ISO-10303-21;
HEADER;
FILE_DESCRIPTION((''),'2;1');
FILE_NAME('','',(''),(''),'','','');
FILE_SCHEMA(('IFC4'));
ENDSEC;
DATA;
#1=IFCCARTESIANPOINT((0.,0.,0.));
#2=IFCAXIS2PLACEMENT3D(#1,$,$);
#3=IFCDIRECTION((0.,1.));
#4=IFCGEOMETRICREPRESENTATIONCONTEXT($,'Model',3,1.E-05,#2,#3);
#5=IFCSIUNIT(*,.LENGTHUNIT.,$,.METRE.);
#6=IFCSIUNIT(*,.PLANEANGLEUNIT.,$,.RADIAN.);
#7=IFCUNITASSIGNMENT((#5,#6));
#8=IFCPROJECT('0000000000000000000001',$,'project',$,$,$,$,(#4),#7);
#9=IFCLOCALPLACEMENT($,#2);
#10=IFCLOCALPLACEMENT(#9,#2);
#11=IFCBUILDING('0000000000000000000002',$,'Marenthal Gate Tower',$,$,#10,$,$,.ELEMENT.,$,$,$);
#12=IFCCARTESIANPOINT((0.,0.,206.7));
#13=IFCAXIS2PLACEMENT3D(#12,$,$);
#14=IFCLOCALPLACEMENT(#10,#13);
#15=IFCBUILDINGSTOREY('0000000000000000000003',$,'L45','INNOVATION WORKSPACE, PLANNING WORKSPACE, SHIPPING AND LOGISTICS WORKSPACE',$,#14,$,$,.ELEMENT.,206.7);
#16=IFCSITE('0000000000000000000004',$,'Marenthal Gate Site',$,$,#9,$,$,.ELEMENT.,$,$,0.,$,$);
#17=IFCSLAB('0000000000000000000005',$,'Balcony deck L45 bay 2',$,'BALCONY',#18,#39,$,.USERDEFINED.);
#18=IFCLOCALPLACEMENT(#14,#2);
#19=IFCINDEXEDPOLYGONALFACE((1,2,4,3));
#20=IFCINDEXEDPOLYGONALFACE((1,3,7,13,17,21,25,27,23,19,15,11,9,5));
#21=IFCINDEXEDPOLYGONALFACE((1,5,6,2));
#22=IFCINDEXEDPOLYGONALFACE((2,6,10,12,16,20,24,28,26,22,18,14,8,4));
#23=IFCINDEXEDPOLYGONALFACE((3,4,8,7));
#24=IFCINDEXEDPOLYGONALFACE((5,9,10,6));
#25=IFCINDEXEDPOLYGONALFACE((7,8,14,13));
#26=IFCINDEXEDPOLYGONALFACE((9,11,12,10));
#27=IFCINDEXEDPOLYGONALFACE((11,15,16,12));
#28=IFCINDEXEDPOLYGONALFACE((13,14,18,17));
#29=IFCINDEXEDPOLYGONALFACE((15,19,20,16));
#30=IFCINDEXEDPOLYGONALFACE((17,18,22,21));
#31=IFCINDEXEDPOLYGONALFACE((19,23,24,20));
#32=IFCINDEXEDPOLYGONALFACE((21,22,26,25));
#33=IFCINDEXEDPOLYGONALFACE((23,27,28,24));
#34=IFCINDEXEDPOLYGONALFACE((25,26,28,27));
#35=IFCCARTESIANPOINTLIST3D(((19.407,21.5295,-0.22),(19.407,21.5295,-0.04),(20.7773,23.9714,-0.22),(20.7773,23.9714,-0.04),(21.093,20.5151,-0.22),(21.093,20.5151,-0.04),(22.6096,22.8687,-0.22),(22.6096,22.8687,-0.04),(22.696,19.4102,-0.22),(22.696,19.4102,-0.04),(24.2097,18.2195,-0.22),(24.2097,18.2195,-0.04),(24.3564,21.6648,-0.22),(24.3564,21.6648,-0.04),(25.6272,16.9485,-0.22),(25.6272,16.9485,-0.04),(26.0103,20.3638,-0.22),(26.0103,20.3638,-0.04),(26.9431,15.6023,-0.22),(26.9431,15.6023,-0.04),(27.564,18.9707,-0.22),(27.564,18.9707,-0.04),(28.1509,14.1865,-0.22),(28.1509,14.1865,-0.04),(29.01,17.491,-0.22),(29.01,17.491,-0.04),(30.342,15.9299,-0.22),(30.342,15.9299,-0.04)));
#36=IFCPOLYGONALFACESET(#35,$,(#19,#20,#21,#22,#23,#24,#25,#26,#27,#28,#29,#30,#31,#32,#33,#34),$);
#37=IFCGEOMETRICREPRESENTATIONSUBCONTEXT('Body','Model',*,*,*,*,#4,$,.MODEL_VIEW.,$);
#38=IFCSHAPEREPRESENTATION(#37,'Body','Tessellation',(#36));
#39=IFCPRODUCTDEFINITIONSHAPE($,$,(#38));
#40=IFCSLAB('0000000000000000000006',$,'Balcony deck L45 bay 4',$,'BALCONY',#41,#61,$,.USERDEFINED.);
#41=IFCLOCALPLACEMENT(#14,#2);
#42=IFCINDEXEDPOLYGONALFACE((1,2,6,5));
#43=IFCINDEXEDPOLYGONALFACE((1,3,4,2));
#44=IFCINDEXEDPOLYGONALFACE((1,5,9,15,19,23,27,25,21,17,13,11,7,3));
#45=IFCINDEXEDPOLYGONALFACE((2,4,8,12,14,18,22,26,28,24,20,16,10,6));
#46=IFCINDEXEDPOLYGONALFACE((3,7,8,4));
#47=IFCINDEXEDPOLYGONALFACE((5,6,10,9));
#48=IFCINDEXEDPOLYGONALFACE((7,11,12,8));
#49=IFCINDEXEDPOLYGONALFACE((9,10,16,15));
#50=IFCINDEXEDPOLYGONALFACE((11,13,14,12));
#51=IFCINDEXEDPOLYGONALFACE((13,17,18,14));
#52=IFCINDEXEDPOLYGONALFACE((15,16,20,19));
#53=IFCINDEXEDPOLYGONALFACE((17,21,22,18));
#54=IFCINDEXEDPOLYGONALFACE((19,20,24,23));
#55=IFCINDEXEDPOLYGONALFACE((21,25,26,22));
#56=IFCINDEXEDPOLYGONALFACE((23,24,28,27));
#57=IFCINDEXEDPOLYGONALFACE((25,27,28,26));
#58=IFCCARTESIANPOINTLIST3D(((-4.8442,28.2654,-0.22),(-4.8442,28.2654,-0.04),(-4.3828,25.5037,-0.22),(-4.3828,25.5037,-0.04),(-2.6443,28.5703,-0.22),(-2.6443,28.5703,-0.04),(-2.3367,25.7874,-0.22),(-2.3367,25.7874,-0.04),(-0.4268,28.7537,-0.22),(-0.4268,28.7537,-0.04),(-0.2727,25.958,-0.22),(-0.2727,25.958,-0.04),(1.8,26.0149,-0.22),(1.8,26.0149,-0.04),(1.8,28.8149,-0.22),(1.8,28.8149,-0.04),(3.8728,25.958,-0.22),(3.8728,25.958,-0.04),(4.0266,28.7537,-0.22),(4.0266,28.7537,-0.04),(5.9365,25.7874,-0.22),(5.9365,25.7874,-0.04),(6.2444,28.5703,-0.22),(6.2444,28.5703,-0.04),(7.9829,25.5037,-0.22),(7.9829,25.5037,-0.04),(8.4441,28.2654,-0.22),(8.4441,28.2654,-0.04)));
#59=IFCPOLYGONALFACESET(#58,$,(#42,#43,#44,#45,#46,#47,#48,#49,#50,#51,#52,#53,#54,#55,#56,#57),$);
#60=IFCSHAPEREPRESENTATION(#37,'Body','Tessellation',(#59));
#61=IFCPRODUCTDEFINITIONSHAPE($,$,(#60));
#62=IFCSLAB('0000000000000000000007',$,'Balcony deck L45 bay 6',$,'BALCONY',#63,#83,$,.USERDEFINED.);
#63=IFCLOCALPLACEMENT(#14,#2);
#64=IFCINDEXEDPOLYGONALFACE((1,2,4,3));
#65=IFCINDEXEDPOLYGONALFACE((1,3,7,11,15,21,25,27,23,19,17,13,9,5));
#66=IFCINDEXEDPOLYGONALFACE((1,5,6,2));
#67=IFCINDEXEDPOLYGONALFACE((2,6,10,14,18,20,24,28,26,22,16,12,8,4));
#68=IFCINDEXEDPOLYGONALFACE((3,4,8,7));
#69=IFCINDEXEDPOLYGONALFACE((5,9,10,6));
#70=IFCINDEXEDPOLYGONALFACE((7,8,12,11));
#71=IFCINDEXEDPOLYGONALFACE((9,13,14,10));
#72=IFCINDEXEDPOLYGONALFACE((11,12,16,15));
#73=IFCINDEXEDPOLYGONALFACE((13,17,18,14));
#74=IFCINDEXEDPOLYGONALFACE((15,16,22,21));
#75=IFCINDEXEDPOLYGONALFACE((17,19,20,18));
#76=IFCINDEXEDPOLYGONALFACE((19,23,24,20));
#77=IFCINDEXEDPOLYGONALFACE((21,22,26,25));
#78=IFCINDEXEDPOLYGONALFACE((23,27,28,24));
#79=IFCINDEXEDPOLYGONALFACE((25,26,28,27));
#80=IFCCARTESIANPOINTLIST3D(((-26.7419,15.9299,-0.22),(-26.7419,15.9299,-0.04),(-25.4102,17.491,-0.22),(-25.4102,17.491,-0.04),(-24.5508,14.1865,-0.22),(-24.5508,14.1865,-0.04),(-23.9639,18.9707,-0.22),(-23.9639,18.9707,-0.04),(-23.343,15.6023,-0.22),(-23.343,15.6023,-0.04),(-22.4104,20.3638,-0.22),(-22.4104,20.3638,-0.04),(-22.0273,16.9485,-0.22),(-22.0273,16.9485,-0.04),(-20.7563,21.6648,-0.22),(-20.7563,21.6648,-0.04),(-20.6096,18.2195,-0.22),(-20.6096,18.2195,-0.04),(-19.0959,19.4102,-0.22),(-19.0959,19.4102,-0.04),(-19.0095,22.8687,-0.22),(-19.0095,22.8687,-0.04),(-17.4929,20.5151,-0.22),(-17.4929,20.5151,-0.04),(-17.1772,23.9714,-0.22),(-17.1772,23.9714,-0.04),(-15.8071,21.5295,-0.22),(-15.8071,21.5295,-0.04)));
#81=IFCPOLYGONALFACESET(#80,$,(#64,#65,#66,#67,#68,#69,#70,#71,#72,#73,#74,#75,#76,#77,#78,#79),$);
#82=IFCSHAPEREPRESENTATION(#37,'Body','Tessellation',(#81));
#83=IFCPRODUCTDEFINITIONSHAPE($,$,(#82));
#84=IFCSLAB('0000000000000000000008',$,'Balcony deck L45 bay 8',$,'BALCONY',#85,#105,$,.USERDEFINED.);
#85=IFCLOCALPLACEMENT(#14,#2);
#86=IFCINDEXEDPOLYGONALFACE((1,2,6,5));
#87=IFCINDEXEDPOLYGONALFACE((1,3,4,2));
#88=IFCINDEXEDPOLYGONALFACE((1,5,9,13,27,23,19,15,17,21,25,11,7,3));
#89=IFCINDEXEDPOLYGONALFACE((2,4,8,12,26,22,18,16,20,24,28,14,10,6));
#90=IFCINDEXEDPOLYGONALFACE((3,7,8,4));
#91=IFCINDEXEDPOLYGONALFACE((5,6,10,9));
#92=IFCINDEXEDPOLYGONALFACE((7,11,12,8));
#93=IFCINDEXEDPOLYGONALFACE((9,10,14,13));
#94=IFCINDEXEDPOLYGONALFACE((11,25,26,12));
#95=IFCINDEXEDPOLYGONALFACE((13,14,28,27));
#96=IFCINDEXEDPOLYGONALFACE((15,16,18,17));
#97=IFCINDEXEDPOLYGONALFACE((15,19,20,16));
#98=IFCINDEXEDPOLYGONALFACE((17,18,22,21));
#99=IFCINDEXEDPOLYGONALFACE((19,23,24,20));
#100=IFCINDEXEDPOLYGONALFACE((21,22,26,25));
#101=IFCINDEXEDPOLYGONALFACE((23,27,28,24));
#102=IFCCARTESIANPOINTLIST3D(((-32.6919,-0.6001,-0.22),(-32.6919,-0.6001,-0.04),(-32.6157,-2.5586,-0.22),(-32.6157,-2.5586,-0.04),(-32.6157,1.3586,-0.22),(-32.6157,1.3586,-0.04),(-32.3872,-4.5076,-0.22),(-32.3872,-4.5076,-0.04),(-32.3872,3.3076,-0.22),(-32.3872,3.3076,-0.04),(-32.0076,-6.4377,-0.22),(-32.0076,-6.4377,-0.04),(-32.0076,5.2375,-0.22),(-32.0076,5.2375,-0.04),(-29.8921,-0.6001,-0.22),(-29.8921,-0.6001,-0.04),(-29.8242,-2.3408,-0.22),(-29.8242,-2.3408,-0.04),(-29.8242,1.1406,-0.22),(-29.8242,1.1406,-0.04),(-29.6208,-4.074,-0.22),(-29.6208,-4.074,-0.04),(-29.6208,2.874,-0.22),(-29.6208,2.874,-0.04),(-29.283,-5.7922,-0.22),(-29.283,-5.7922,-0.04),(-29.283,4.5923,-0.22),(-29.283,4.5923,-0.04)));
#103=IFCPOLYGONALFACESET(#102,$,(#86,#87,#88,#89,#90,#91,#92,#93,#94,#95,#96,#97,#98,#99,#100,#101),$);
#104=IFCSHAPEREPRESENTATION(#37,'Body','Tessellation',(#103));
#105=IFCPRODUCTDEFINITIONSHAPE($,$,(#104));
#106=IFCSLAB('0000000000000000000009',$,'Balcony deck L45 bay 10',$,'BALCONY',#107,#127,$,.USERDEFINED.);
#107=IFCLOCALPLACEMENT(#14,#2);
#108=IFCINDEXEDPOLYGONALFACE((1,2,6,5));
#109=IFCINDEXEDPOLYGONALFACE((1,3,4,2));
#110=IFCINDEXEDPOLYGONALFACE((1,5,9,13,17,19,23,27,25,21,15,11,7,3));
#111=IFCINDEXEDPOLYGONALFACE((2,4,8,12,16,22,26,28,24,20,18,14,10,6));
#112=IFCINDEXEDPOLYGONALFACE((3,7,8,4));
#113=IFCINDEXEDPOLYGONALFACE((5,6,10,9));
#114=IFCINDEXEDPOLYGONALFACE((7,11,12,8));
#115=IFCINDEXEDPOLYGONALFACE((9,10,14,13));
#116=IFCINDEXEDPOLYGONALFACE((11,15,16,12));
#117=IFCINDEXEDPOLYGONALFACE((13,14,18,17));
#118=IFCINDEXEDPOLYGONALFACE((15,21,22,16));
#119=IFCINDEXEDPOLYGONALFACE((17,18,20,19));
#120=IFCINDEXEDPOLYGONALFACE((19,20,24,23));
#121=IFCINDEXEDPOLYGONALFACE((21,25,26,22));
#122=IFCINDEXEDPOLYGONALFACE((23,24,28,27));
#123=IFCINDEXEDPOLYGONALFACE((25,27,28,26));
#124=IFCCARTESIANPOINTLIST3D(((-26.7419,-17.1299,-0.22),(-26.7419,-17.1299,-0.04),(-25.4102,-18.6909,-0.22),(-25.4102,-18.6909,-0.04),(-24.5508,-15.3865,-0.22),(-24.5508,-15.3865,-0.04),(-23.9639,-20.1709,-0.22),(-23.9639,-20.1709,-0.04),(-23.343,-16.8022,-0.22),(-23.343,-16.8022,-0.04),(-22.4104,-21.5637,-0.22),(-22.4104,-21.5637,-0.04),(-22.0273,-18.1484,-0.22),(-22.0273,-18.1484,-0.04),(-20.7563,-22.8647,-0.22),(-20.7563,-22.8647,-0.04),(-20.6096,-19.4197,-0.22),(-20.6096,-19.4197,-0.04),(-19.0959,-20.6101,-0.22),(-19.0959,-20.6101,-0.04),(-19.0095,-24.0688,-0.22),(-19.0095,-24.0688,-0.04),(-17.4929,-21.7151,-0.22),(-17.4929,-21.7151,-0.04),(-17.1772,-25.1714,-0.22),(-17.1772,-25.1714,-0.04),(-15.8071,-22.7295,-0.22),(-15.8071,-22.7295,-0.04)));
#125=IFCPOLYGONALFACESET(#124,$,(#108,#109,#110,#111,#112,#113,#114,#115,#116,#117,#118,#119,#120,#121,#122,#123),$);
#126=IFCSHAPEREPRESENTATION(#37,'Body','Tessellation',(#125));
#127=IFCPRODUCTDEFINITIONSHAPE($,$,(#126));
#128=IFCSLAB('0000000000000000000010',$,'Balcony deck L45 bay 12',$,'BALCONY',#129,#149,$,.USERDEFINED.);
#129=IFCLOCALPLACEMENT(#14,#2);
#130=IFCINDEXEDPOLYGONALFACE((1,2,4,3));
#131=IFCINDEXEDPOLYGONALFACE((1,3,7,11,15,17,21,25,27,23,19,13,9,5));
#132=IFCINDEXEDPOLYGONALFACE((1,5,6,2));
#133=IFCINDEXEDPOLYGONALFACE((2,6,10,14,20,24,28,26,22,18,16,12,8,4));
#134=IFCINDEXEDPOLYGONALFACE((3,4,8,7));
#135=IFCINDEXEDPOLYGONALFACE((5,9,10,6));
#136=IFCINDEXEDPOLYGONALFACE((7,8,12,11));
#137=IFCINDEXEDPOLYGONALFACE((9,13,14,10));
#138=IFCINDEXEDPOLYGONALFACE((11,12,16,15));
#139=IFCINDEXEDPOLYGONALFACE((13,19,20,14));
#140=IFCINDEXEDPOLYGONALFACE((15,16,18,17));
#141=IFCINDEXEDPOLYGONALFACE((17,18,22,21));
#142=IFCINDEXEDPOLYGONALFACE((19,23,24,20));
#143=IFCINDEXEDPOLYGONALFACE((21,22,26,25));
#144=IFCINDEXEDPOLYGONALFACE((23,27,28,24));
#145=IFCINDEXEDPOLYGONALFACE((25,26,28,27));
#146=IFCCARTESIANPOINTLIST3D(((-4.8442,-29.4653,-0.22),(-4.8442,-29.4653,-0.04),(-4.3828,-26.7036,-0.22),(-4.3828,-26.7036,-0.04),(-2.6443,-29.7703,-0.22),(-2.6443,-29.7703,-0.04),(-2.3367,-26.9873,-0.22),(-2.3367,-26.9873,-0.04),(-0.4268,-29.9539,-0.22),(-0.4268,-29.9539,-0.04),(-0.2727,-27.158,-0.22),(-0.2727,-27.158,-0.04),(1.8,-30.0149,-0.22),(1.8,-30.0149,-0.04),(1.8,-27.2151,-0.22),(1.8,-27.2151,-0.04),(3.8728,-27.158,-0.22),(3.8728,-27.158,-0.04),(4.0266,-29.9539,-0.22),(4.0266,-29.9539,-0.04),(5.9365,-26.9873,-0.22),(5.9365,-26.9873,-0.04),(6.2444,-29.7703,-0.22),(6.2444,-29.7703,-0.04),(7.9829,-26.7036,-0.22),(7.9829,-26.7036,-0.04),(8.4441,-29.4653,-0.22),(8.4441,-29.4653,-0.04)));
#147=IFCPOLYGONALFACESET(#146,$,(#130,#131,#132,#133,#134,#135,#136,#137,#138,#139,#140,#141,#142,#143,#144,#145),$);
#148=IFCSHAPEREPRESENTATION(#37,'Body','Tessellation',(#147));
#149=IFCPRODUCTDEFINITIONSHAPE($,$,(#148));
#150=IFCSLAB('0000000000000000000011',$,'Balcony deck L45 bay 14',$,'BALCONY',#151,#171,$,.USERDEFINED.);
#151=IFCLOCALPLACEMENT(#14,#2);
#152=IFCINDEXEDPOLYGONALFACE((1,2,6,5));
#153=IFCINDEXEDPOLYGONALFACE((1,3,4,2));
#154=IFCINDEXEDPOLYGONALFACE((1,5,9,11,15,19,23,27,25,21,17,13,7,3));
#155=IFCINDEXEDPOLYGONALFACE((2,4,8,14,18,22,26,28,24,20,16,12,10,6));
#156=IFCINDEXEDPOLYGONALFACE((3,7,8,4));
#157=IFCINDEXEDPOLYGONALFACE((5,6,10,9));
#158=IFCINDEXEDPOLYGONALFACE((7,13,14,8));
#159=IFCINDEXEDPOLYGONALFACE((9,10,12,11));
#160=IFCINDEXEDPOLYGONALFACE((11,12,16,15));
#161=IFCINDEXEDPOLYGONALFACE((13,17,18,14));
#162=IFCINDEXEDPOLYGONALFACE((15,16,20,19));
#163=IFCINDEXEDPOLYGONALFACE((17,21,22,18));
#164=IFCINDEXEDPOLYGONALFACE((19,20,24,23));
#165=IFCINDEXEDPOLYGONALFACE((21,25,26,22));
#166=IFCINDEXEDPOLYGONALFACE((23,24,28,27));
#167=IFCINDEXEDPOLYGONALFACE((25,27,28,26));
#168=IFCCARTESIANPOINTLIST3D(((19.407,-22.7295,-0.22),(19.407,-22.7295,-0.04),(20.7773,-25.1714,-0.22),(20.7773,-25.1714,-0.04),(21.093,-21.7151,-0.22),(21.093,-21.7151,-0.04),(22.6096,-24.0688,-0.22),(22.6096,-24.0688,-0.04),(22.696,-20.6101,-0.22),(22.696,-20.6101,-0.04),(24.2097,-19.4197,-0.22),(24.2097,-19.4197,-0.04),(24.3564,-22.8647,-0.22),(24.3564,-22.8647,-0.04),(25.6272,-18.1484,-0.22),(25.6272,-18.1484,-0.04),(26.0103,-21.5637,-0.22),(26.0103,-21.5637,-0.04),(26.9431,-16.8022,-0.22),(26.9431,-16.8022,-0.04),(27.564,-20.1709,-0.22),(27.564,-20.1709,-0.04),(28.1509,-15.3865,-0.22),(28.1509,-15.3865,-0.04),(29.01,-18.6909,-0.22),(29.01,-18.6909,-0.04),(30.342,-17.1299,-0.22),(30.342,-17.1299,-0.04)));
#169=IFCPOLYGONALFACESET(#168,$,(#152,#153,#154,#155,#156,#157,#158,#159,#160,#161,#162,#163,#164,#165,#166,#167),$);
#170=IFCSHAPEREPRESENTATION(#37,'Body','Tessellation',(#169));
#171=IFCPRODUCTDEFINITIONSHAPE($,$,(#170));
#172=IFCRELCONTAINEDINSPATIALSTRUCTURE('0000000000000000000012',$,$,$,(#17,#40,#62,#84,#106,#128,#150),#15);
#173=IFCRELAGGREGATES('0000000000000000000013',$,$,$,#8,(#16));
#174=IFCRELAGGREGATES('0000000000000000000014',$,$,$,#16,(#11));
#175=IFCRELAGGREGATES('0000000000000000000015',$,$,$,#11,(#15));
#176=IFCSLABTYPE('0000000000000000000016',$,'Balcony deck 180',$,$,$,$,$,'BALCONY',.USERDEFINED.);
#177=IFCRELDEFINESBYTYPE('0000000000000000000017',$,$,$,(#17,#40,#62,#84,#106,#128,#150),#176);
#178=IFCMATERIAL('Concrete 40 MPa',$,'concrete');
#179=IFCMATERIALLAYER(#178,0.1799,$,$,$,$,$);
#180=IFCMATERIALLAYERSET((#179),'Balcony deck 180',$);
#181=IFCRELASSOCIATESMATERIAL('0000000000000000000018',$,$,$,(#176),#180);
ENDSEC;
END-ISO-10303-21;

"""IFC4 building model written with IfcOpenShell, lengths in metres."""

from ifc_helpers import new_model, si_unit, direction, frame, origin, place, context, subcontext, project, spatial, polyline, outline, extrude, material, layer, layer_set, type_object, element, save


model = new_model("IFC4")

# Units and contexts
model_context = context("Model", 3, precision=1e-05, world=origin(), true_north=direction((0.0, 1.0)))
body_context = subcontext(model_context, "Body", "Model", "MODEL_VIEW")
ifc_project = project(units=[si_unit("LENGTHUNIT", "METRE"), si_unit("PLANEANGLEUNIT", "RADIAN")], contexts=[model_context])

# Site, building, storey
site_placement = place(None, origin())
site = spatial("IfcSite", under=ifc_project, at=site_placement, Name="Marenthal Gate Site", CompositionType="ELEMENT", RefElevation=0.0)
building_placement = place(site_placement, origin())
building = spatial("IfcBuilding", under=site, at=building_placement, Name="Marenthal Gate Tower", CompositionType="ELEMENT")
storey_placement = place(building_placement, frame((0.0, 0.0, 206.7)))
storey = spatial("IfcBuildingStorey", under=building, at=storey_placement, Name="L45", Description="INNOVATION WORKSPACE, PLANNING WORKSPACE, SHIPPING AND LOGISTICS WORKSPACE", CompositionType="ELEMENT", Elevation=206.7)

# Slabs
ifc_material_1 = material(Name="Concrete 40 MPa", Category="concrete")
ifc_layer_1 = layer(ifc_material_1, 0.1799)
ifc_layer_set_1 = layer_set([ifc_layer_1], Name="Balcony deck 180")
slab_type = type_object("IfcSlabType", Name="Balcony deck 180", ElementType="BALCONY", PredefinedType="USERDEFINED", material=ifc_layer_set_1)
slab_1_placement = place(storey_placement, frame((0.0, 0.0, -0.22)))
element("IfcSlab", 1, at=slab_1_placement, inside=storey, type_object=slab_type, Name="Balcony deck L45 bay 2", ObjectType="BALCONY", PredefinedType="USERDEFINED", context=body_context, shape_type="SweptSolid", body=[
    extrude(outline(polyline([(28.1509, 14.1865), (26.9431, 15.6023), (25.6272, 16.9485), (24.2097, 18.2195), (22.696, 19.4102), (21.093, 20.5151), (19.407, 21.5295), (20.7773, 23.9714), (22.6096, 22.8687), (24.3564, 21.6648), (26.0103, 20.3638), (27.564, 18.9707), (29.01, 17.491), (30.342, 15.9299), (28.1509, 14.1865)])), origin(), (0.0, 0.0, 1.0), 0.1799),
])
slab_2_placement = place(storey_placement, frame((0.0, 0.0, -0.22)))
element("IfcSlab", 2, at=slab_2_placement, inside=storey, type_object=slab_type, Name="Balcony deck L45 bay 4", ObjectType="BALCONY", PredefinedType="USERDEFINED", context=body_context, shape_type="SweptSolid", body=[
    extrude(outline(polyline([(7.9829, 25.5037), (5.9365, 25.7874), (3.8728, 25.958), (1.8, 26.0149), (-0.2727, 25.958), (-2.3367, 25.7874), (-4.3828, 25.5037), (-4.8442, 28.2654), (-2.6443, 28.5703), (-0.4268, 28.7537), (1.8, 28.8149), (4.0266, 28.7537), (6.2444, 28.5703), (8.4441, 28.2654), (7.9829, 25.5037)])), origin(), (0.0, 0.0, 1.0), 0.1799),
])
slab_3_placement = place(storey_placement, frame((0.0, 0.0, -0.22)))
element("IfcSlab", 3, at=slab_3_placement, inside=storey, type_object=slab_type, Name="Balcony deck L45 bay 6", ObjectType="BALCONY", PredefinedType="USERDEFINED", context=body_context, shape_type="SweptSolid", body=[
    extrude(outline(polyline([(-15.8071, 21.5295), (-17.4929, 20.5151), (-19.0959, 19.4102), (-20.6096, 18.2195), (-22.0273, 16.9485), (-23.343, 15.6023), (-24.5508, 14.1865), (-26.7419, 15.9299), (-25.4102, 17.491), (-23.9639, 18.9707), (-22.4104, 20.3638), (-20.7563, 21.6648), (-19.0095, 22.8687), (-17.1772, 23.9714), (-15.8071, 21.5295)])), origin(), (0.0, 0.0, 1.0), 0.1799),
])
slab_4_placement = place(storey_placement, frame((0.0, 0.0, -0.22)))
element("IfcSlab", 4, at=slab_4_placement, inside=storey, type_object=slab_type, Name="Balcony deck L45 bay 8", ObjectType="BALCONY", PredefinedType="USERDEFINED", context=body_context, shape_type="SweptSolid", body=[
    extrude(outline(polyline([(-29.283, 4.5923), (-29.6208, 2.874), (-29.8242, 1.1406), (-29.8921, -0.6001), (-29.8242, -2.3408), (-29.6208, -4.074), (-29.283, -5.7922), (-32.0076, -6.4377), (-32.3872, -4.5076), (-32.6157, -2.5586), (-32.6919, -0.6001), (-32.6157, 1.3586), (-32.3872, 3.3076), (-32.0076, 5.2375), (-29.283, 4.5923)])), origin(), (0.0, 0.0, 1.0), 0.1799),
])
slab_5_placement = place(storey_placement, frame((0.0, 0.0, -0.22)))
element("IfcSlab", 5, at=slab_5_placement, inside=storey, type_object=slab_type, Name="Balcony deck L45 bay 10", ObjectType="BALCONY", PredefinedType="USERDEFINED", context=body_context, shape_type="SweptSolid", body=[
    extrude(outline(polyline([(-24.5508, -15.3865), (-23.343, -16.8022), (-22.0273, -18.1484), (-20.6096, -19.4197), (-19.0959, -20.6101), (-17.4929, -21.7151), (-15.8071, -22.7295), (-17.1772, -25.1714), (-19.0095, -24.0688), (-20.7563, -22.8647), (-22.4104, -21.5637), (-23.9639, -20.1709), (-25.4102, -18.6909), (-26.7419, -17.1299), (-24.5508, -15.3865)])), origin(), (0.0, 0.0, 1.0), 0.1799),
])
slab_6_placement = place(storey_placement, frame((0.0, 0.0, -0.22)))
element("IfcSlab", 6, at=slab_6_placement, inside=storey, type_object=slab_type, Name="Balcony deck L45 bay 12", ObjectType="BALCONY", PredefinedType="USERDEFINED", context=body_context, shape_type="SweptSolid", body=[
    extrude(outline(polyline([(-4.3828, -26.7036), (-2.3367, -26.9873), (-0.2727, -27.158), (1.8, -27.2151), (3.8728, -27.158), (5.9365, -26.9873), (7.9829, -26.7036), (8.4441, -29.4653), (6.2444, -29.7703), (4.0266, -29.9539), (1.8, -30.0149), (-0.4268, -29.9539), (-2.6443, -29.7703), (-4.8442, -29.4653), (-4.3828, -26.7036)])), origin(), (0.0, 0.0, 1.0), 0.1799),
])
slab_7_placement = place(storey_placement, frame((0.0, 0.0, -0.22)))
element("IfcSlab", 7, at=slab_7_placement, inside=storey, type_object=slab_type, Name="Balcony deck L45 bay 14", ObjectType="BALCONY", PredefinedType="USERDEFINED", context=body_context, shape_type="SweptSolid", body=[
    extrude(outline(polyline([(19.407, -22.7295), (21.093, -21.7151), (22.696, -20.6101), (24.2097, -19.4197), (25.6272, -18.1484), (26.9431, -16.8022), (28.1509, -15.3865), (30.342, -17.1299), (29.01, -18.6909), (27.564, -20.1709), (26.0103, -21.5637), (24.3564, -22.8647), (22.6096, -24.0688), (20.7773, -25.1714), (19.407, -22.7295)])), origin(), (0.0, 0.0, 1.0), 0.1799),
])

save(model, "model.ifc")
